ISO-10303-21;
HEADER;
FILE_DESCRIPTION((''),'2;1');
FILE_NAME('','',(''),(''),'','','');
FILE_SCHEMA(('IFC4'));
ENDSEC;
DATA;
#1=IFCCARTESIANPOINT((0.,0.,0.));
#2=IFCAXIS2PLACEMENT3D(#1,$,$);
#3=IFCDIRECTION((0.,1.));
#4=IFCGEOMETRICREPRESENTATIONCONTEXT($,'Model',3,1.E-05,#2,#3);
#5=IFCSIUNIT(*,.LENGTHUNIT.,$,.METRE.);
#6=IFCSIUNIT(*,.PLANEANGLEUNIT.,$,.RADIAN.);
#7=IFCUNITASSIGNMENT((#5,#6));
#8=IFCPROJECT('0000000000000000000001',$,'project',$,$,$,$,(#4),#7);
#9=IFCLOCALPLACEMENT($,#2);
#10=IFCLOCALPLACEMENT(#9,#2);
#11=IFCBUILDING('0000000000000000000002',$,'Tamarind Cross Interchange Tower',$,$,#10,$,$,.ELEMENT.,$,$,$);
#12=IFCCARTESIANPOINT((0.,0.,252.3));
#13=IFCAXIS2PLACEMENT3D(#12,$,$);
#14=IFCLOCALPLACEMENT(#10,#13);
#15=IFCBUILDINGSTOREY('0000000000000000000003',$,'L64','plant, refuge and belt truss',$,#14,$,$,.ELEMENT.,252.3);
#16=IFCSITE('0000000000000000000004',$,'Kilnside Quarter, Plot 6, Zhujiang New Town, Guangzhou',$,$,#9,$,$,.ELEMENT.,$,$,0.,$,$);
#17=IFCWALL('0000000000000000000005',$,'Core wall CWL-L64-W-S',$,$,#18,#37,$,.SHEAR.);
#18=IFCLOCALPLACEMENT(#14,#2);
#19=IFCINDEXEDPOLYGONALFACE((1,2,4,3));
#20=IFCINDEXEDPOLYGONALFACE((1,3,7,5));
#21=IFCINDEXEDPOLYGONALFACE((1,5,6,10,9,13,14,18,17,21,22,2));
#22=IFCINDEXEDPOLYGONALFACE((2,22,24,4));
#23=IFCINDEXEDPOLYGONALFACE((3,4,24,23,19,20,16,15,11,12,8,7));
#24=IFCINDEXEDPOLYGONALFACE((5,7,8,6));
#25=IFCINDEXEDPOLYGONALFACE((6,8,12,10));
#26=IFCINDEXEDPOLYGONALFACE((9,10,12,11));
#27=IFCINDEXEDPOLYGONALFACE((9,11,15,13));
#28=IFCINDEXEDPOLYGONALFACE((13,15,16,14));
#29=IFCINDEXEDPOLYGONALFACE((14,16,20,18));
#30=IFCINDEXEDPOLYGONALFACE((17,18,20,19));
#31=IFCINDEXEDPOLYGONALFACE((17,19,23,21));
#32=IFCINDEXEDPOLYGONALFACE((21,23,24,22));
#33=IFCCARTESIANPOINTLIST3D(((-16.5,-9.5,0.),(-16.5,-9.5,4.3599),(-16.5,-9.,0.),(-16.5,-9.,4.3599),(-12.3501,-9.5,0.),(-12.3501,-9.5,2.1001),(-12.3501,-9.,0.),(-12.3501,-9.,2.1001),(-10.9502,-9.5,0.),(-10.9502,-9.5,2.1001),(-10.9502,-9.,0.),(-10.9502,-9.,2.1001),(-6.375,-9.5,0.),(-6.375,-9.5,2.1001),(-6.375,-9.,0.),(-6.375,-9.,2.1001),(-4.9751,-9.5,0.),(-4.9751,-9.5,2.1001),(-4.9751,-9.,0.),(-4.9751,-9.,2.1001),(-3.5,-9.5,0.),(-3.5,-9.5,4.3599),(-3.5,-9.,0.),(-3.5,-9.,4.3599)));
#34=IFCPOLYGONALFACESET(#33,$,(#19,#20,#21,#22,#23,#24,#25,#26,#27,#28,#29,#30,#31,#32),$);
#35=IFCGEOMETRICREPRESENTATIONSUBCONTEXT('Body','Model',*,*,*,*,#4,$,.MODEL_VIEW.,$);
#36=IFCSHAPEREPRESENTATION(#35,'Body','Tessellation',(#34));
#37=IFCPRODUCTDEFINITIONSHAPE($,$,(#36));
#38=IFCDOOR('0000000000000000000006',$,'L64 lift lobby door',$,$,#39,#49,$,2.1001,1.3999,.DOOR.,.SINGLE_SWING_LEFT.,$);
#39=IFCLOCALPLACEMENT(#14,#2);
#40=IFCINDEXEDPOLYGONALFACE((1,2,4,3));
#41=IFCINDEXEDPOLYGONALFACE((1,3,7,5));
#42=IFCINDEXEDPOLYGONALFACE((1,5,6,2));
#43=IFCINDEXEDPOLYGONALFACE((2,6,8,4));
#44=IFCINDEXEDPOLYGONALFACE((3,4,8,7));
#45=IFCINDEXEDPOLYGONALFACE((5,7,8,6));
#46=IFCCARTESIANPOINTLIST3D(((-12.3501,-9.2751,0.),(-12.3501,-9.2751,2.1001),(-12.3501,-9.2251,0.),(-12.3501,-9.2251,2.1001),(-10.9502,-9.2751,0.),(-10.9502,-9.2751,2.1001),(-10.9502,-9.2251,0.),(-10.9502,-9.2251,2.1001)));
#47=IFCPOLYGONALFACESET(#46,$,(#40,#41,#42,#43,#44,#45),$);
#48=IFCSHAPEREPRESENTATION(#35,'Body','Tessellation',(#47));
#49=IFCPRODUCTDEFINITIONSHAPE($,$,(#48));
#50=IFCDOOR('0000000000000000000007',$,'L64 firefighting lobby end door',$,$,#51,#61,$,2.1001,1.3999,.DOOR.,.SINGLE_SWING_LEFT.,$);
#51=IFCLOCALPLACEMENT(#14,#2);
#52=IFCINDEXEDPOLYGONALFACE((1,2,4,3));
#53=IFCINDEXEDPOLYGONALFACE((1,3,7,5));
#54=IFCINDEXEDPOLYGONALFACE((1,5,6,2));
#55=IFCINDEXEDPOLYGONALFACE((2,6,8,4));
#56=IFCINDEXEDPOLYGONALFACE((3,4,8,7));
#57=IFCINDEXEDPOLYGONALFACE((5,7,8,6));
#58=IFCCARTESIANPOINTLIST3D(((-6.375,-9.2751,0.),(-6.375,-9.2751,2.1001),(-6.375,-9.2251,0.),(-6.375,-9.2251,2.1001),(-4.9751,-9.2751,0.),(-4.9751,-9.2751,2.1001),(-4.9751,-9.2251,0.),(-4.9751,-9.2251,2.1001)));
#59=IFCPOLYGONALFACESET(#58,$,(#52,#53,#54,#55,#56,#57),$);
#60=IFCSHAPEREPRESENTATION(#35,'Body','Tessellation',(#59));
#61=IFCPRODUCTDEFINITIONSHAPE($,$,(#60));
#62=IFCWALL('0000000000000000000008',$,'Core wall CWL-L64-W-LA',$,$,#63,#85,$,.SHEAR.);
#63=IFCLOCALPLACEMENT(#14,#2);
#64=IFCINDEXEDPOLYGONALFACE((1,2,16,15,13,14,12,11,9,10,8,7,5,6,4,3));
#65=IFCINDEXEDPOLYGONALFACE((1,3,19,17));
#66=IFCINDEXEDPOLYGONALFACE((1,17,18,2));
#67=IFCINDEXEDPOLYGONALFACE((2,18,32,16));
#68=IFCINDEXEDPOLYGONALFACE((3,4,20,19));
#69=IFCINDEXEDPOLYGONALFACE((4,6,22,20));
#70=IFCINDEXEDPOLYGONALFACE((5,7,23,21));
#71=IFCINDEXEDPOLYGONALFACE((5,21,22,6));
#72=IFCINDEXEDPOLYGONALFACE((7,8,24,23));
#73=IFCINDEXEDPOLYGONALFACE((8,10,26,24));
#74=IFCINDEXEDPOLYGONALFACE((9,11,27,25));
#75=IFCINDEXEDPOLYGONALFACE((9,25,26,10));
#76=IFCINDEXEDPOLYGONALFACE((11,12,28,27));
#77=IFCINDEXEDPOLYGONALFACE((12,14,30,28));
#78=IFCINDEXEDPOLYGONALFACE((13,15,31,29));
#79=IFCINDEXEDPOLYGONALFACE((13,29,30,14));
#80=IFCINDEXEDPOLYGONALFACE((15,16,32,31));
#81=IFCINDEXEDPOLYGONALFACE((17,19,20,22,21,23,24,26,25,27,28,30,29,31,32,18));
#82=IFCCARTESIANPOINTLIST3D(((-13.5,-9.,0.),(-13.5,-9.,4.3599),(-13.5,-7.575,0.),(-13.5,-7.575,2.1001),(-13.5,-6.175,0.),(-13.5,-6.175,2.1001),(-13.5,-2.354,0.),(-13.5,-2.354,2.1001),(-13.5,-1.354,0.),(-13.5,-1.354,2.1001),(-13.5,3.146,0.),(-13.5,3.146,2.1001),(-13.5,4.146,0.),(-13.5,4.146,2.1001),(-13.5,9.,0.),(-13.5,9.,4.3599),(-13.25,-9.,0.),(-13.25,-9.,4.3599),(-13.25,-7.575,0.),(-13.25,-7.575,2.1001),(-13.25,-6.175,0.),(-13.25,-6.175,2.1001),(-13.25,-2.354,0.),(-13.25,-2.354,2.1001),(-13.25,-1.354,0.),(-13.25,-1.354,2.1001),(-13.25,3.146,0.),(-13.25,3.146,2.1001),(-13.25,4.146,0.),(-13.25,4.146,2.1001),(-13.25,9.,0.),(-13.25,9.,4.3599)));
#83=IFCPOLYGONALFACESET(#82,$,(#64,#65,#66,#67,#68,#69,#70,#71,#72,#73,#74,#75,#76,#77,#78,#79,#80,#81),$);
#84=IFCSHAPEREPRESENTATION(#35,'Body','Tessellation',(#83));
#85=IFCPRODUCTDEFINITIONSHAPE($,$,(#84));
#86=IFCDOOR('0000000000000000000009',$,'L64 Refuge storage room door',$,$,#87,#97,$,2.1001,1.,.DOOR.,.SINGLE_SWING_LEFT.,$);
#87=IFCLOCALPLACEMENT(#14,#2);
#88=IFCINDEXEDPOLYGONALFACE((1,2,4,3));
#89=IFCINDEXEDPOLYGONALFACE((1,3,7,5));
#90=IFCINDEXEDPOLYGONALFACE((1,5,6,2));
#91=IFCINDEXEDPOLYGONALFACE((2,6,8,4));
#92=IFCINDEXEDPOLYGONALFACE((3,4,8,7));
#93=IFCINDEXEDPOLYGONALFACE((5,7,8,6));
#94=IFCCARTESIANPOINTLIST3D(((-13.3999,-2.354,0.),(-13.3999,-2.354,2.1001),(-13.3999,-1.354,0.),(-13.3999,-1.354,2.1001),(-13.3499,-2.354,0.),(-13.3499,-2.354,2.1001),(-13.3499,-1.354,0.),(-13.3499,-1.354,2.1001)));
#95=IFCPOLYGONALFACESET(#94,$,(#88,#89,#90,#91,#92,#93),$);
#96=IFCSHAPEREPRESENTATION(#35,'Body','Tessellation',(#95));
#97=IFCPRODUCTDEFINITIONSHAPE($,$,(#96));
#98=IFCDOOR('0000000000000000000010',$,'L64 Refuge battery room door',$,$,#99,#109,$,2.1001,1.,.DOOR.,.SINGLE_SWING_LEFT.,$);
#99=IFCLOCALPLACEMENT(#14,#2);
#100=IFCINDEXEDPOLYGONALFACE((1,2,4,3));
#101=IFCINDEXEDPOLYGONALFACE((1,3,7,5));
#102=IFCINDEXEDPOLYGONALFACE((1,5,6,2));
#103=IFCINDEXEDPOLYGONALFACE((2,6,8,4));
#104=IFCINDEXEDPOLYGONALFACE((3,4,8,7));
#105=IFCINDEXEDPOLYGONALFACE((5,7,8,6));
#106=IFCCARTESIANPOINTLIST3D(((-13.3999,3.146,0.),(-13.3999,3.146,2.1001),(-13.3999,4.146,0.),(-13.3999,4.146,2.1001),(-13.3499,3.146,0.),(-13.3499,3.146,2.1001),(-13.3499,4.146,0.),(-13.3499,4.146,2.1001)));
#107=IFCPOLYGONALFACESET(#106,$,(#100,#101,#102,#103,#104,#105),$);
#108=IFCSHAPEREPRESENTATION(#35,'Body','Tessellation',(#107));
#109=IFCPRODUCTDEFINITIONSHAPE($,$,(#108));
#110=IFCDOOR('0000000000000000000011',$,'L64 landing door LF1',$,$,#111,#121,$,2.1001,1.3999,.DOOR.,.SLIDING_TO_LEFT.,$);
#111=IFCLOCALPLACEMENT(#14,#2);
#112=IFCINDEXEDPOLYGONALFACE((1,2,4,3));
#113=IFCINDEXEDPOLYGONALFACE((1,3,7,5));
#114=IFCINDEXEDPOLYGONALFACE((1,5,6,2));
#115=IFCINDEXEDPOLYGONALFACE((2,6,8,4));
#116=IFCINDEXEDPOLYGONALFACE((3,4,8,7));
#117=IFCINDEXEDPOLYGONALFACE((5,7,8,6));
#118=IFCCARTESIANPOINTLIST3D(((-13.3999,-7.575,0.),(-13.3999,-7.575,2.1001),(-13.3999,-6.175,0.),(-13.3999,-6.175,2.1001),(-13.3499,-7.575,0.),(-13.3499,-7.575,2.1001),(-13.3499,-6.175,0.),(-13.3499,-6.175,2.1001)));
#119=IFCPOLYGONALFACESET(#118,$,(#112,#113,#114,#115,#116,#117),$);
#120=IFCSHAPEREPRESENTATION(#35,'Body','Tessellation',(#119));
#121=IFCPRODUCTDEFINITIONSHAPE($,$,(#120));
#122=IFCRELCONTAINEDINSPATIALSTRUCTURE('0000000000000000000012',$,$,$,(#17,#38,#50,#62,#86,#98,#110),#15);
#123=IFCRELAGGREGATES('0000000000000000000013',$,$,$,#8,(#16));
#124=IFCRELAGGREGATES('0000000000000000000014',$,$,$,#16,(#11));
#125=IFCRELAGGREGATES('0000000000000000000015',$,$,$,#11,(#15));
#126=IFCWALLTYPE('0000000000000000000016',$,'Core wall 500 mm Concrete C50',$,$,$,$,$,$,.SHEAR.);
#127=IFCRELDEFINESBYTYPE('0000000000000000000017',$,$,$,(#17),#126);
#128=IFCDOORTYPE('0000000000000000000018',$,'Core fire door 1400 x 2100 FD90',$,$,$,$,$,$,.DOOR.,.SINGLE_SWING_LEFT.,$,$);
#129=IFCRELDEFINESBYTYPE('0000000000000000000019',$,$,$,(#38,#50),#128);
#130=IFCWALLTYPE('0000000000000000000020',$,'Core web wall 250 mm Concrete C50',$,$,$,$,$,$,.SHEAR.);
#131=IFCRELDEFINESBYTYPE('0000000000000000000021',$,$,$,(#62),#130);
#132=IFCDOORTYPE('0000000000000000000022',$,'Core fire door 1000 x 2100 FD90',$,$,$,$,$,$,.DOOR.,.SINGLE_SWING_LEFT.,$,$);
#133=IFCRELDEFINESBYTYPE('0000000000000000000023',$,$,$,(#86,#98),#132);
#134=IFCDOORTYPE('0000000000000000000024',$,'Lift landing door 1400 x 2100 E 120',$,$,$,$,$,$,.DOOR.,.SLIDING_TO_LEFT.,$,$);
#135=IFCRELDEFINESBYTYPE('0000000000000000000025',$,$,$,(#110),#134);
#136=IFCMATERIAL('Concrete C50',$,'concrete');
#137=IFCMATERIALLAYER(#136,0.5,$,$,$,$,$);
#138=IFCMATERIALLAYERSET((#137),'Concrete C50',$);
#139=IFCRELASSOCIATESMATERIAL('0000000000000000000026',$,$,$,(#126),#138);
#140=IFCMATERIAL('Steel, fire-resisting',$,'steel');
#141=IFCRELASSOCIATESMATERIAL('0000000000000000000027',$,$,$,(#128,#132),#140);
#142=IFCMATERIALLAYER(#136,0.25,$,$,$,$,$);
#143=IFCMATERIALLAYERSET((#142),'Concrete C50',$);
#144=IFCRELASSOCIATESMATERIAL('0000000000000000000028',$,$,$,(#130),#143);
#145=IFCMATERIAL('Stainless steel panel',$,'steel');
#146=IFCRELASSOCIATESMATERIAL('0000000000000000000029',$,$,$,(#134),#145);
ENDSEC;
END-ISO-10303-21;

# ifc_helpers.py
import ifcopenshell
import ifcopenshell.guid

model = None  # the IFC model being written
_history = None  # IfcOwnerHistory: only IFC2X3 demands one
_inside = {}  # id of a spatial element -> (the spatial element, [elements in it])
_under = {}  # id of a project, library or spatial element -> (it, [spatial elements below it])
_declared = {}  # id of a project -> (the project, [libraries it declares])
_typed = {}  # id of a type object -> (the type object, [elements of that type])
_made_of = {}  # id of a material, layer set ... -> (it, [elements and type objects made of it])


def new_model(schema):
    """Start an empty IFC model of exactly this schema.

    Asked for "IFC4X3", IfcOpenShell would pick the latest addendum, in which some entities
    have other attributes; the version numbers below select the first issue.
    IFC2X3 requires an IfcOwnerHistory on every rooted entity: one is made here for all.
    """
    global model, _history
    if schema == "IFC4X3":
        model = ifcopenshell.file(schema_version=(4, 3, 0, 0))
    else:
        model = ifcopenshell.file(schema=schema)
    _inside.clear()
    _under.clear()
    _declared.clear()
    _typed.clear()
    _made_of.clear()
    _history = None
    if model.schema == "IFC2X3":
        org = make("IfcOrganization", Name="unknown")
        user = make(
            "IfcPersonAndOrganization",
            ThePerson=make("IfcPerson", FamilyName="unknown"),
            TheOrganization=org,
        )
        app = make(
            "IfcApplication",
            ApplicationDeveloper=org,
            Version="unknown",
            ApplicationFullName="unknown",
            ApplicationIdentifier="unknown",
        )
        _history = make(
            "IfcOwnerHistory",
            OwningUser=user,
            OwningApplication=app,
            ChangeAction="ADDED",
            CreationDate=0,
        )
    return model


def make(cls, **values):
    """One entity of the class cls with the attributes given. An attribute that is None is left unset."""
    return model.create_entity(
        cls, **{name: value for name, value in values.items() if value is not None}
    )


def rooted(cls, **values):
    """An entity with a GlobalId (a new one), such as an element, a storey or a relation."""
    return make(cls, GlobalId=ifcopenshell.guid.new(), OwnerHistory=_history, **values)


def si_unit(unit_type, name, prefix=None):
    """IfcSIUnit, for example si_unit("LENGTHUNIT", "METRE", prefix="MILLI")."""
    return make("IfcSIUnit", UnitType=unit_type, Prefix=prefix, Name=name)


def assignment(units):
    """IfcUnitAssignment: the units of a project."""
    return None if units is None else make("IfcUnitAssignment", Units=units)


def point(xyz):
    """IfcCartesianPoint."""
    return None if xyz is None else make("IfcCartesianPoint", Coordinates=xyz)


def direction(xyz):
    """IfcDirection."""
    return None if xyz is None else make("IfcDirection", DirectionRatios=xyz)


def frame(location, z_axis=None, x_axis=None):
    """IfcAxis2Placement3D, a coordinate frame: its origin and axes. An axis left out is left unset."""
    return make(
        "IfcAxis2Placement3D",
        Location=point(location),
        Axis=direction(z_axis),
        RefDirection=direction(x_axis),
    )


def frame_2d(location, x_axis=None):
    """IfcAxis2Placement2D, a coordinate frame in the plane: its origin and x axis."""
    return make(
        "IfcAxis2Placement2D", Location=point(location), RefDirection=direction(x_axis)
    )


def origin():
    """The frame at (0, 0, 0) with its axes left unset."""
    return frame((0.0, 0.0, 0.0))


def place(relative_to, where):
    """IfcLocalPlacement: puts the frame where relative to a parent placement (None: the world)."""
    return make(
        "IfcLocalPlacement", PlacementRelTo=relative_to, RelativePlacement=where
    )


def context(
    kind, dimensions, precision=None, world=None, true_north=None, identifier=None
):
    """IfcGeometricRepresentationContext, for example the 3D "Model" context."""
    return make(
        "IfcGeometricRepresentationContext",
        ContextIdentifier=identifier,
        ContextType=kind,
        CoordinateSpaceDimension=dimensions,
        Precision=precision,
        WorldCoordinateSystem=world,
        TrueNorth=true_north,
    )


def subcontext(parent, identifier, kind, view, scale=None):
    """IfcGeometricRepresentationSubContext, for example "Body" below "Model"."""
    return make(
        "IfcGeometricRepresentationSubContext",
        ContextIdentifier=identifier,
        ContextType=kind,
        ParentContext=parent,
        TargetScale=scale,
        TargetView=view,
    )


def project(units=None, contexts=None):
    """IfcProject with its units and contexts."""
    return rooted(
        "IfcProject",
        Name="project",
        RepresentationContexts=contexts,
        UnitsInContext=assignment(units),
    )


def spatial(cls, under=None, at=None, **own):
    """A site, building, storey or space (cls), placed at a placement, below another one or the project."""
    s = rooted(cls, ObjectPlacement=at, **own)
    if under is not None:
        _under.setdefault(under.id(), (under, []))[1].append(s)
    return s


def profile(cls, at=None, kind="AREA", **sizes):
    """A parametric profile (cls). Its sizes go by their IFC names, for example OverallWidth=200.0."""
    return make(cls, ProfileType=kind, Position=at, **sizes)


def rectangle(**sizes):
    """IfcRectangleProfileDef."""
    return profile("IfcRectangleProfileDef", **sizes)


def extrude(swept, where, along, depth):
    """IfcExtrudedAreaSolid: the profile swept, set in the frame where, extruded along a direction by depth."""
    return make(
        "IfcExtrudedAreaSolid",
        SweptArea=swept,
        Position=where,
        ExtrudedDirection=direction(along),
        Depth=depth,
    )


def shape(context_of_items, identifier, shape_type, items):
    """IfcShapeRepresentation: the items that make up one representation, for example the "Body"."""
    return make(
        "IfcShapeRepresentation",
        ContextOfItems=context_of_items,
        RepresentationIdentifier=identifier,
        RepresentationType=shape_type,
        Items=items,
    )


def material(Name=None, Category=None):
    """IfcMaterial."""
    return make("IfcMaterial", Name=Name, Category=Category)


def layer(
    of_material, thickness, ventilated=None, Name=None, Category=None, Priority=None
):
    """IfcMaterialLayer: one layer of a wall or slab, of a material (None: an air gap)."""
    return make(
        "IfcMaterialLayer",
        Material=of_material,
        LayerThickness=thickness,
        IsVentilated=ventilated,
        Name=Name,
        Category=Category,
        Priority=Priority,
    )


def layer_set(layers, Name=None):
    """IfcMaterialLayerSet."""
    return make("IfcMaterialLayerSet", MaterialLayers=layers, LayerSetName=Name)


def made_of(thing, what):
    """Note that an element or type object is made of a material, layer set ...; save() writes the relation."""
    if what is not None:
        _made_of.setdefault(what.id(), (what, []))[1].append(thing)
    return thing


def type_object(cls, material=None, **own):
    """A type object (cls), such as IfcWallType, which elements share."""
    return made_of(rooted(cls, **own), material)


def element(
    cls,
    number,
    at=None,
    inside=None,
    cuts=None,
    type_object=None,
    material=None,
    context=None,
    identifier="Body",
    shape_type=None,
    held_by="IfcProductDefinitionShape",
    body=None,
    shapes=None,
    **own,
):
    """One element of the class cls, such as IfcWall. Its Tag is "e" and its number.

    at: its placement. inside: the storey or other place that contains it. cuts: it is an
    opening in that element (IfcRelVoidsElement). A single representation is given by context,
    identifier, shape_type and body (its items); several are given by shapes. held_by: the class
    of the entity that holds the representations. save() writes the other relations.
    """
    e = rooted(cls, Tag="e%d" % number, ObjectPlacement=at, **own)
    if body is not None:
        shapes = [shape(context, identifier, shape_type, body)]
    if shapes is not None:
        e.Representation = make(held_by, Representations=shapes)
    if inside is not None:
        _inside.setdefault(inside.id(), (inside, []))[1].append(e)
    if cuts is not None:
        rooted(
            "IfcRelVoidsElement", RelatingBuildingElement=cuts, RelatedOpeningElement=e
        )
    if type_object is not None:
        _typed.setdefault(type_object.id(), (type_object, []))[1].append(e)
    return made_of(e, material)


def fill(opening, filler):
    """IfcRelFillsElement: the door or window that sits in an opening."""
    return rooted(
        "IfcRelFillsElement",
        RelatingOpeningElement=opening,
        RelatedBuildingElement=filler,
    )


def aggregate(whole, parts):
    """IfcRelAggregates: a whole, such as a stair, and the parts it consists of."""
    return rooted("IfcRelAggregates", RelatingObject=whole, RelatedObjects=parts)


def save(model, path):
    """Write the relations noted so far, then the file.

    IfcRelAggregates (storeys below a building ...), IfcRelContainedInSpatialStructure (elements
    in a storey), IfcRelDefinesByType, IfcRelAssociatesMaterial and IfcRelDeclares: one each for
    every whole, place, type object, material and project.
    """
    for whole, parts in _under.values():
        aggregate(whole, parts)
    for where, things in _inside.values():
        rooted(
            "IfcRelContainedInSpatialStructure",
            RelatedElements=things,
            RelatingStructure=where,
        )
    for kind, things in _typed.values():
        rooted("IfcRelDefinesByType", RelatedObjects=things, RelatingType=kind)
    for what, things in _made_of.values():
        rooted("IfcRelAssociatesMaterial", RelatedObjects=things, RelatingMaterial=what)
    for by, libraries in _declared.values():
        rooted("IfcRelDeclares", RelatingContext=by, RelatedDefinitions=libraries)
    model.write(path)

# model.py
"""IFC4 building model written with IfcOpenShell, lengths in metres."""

from ifc_helpers import new_model, si_unit, direction, frame, frame_2d, origin, place, context, subcontext, project, spatial, rectangle, extrude, material, layer, layer_set, type_object, element, fill, save


model = new_model("IFC4")

# Units and contexts
model_context = context("Model", 3, precision=1e-05, world=origin(), true_north=direction((0.0, 1.0)))
body_context = subcontext(model_context, "Body", "Model", "MODEL_VIEW")
ifc_project = project(units=[si_unit("LENGTHUNIT", "METRE"), si_unit("PLANEANGLEUNIT", "RADIAN")], contexts=[model_context])

# Site, building, storey
site_placement = place(None, origin())
site = spatial("IfcSite", under=ifc_project, at=site_placement, Name="Kilnside Quarter, Plot 6, Zhujiang New Town, Guangzhou", CompositionType="ELEMENT", RefElevation=0.0)
building_placement = place(site_placement, origin())
building = spatial("IfcBuilding", under=site, at=building_placement, Name="Tamarind Cross Interchange Tower", CompositionType="ELEMENT")
storey_placement = place(building_placement, frame((0.0, 0.0, 252.3)))
storey = spatial("IfcBuildingStorey", under=building, at=storey_placement, Name="L64", Description="plant, refuge and belt truss", CompositionType="ELEMENT", Elevation=252.3)

# Walls, openings, doors
ifc_material_1 = material(Name="Concrete C50", Category="concrete")
ifc_layer_1 = layer(ifc_material_1, 0.5)
ifc_layer_set_1 = layer_set([ifc_layer_1], Name="Concrete C50")
wall_type_1 = type_object("IfcWallType", Name="Core wall 500 mm Concrete C50", PredefinedType="SHEAR", material=ifc_layer_set_1)
wall_1_placement = place(storey_placement, frame((-16.5, -9.25, 0.0), z_axis=(0.0, 0.0, 1.0), x_axis=(1.0, 0.0, 0.0)))
wall_1 = element("IfcWall", 1, at=wall_1_placement, inside=storey, type_object=wall_type_1, Name="Core wall CWL-L64-W-S", PredefinedType="SHEAR", context=body_context, shape_type="SweptSolid", body=[
    extrude(rectangle(XDim=13.0, YDim=0.5, at=frame_2d((6.5, 0.0))), origin(), (0.0, 0.0, 1.0), 4.3599),
])
opening_1_placement = place(wall_1_placement, frame((4.1499, 0.0, 0.0)))
opening_1 = element("IfcOpeningElement", 2, at=opening_1_placement, cuts=wall_1, PredefinedType="OPENING", context=body_context, shape_type="SweptSolid", body=[
    extrude(rectangle(XDim=1.3999, YDim=2.1001, at=frame_2d((0.7, 1.05))), frame((0.0, 0.26, 0.0), z_axis=(0.0, -1.0, 0.0), x_axis=(1.0, 0.0, 0.0)), (0.0, 0.0, 1.0), 0.52),
])
opening_2_placement = place(wall_1_placement, frame((10.125, 0.0, 0.0)))
opening_2 = element("IfcOpeningElement", 3, at=opening_2_placement, cuts=wall_1, PredefinedType="OPENING", context=body_context, shape_type="SweptSolid", body=[
    extrude(rectangle(XDim=1.3999, YDim=2.1001, at=frame_2d((0.7, 1.05))), frame((0.0, 0.26, 0.0), z_axis=(0.0, -1.0, 0.0), x_axis=(1.0, 0.0, 0.0)), (0.0, 0.0, 1.0), 0.52),
])
ifc_material_2 = material(Name="Steel, fire-resisting", Category="steel")
door_type_1 = type_object("IfcDoorType", Name="Core fire door 1400 x 2100 FD90", OperationType="SINGLE_SWING_LEFT", PredefinedType="DOOR", material=ifc_material_2)
door_1_placement = place(opening_1_placement, origin())
door_1 = element("IfcDoor", 4, at=door_1_placement, inside=storey, type_object=door_type_1, Name="L64 lift lobby door", OperationType="SINGLE_SWING_LEFT", OverallHeight=2.1001, OverallWidth=1.3999, PredefinedType="DOOR", context=body_context, shape_type="SweptSolid", body=[
    extrude(rectangle(XDim=1.3999, YDim=2.1001, at=frame_2d((0.7, 1.05))), frame((0.0, 0.0249, 0.0), z_axis=(0.0, -1.0, 0.0), x_axis=(1.0, 0.0, 0.0)), (0.0, 0.0, 1.0), 0.05),
])
fill(opening_1, door_1)
door_2_placement = place(opening_2_placement, origin())
door_2 = element("IfcDoor", 5, at=door_2_placement, inside=storey, type_object=door_type_1, Name="L64 firefighting lobby end door", OperationType="SINGLE_SWING_LEFT", OverallHeight=2.1001, OverallWidth=1.3999, PredefinedType="DOOR", context=body_context, shape_type="SweptSolid", body=[
    extrude(rectangle(XDim=1.3999, YDim=2.1001, at=frame_2d((0.7, 1.05))), frame((0.0, 0.0249, 0.0), z_axis=(0.0, -1.0, 0.0), x_axis=(1.0, 0.0, 0.0)), (0.0, 0.0, 1.0), 0.05),
])
fill(opening_2, door_2)
ifc_layer_2 = layer(ifc_material_1, 0.25)
ifc_layer_set_2 = layer_set([ifc_layer_2], Name="Concrete C50")
wall_type_2 = type_object("IfcWallType", Name="Core web wall 250 mm Concrete C50", PredefinedType="SHEAR", material=ifc_layer_set_2)
wall_2_placement = place(storey_placement, frame((-13.375, -9.0, 0.0), z_axis=(0.0, 0.0, 1.0), x_axis=(0.0, 1.0, 0.0)))
wall_2 = element("IfcWall", 6, at=wall_2_placement, inside=storey, type_object=wall_type_2, Name="Core wall CWL-L64-W-LA", PredefinedType="SHEAR", context=body_context, shape_type="SweptSolid", body=[
    extrude(rectangle(XDim=18.0, YDim=0.25, at=frame_2d((9.0, 0.0))), origin(), (0.0, 0.0, 1.0), 4.3599),
])
opening_3_placement = place(wall_2_placement, frame((1.425, 0.0, 0.0)))
opening_3 = element("IfcOpeningElement", 7, at=opening_3_placement, cuts=wall_2, PredefinedType="OPENING", context=body_context, shape_type="SweptSolid", body=[
    extrude(rectangle(XDim=1.3999, YDim=2.1001, at=frame_2d((0.7, 1.05))), frame((0.0, 0.135, 0.0), z_axis=(0.0, -1.0, 0.0), x_axis=(1.0, 0.0, 0.0)), (0.0, 0.0, 1.0), 0.27),
])
opening_4_placement = place(wall_2_placement, frame((6.646, 0.0, 0.0)))
opening_4 = element("IfcOpeningElement", 8, at=opening_4_placement, cuts=wall_2, PredefinedType="OPENING", context=body_context, shape_type="SweptSolid", body=[
    extrude(rectangle(XDim=1.0, YDim=2.1001, at=frame_2d((0.5, 1.05))), frame((0.0, 0.135, 0.0), z_axis=(0.0, -1.0, 0.0), x_axis=(1.0, 0.0, 0.0)), (0.0, 0.0, 1.0), 0.27),
])
opening_5_placement = place(wall_2_placement, frame((12.146, 0.0, 0.0)))
opening_5 = element("IfcOpeningElement", 9, at=opening_5_placement, cuts=wall_2, PredefinedType="OPENING", context=body_context, shape_type="SweptSolid", body=[
    extrude(rectangle(XDim=1.0, YDim=2.1001, at=frame_2d((0.5, 1.05))), frame((0.0, 0.135, 0.0), z_axis=(0.0, -1.0, 0.0), x_axis=(1.0, 0.0, 0.0)), (0.0, 0.0, 1.0), 0.27),
])
door_type_2 = type_object("IfcDoorType", Name="Core fire door 1000 x 2100 FD90", OperationType="SINGLE_SWING_LEFT", PredefinedType="DOOR", material=ifc_material_2)
door_3_placement = place(opening_4_placement, origin())
door_3 = element("IfcDoor", 10, at=door_3_placement, inside=storey, type_object=door_type_2, Name="L64 Refuge storage room door", OperationType="SINGLE_SWING_LEFT", OverallHeight=2.1001, OverallWidth=1.0, PredefinedType="DOOR", context=body_context, shape_type="SweptSolid", body=[
    extrude(rectangle(XDim=1.0, YDim=2.1001, at=frame_2d((0.5, 1.05))), frame((0.0, 0.0249, 0.0), z_axis=(0.0, -1.0, 0.0), x_axis=(1.0, 0.0, 0.0)), (0.0, 0.0, 1.0), 0.05),
])
fill(opening_4, door_3)
door_4_placement = place(opening_5_placement, origin())
door_4 = element("IfcDoor", 11, at=door_4_placement, inside=storey, type_object=door_type_2, Name="L64 Refuge battery room door", OperationType="SINGLE_SWING_LEFT", OverallHeight=2.1001, OverallWidth=1.0, PredefinedType="DOOR", context=body_context, shape_type="SweptSolid", body=[
    extrude(rectangle(XDim=1.0, YDim=2.1001, at=frame_2d((0.5, 1.05))), frame((0.0, 0.0249, 0.0), z_axis=(0.0, -1.0, 0.0), x_axis=(1.0, 0.0, 0.0)), (0.0, 0.0, 1.0), 0.05),
])
fill(opening_5, door_4)
ifc_material_3 = material(Name="Stainless steel panel", Category="steel")
door_type_3 = type_object("IfcDoorType", Name="Lift landing door 1400 x 2100 E 120", OperationType="SLIDING_TO_LEFT", PredefinedType="DOOR", material=ifc_material_3)
door_5_placement = place(opening_3_placement, origin())
door_5 = element("IfcDoor", 12, at=door_5_placement, inside=storey, type_object=door_type_3, Name="L64 landing door LF1", OperationType="SLIDING_TO_LEFT", OverallHeight=2.1001, OverallWidth=1.3999, PredefinedType="DOOR", context=body_context, shape_type="SweptSolid", body=[
    extrude(rectangle(XDim=1.3999, YDim=2.1001, at=frame_2d((0.7, 1.05))), frame((0.0, 0.0249, 0.0), z_axis=(0.0, -1.0, 0.0), x_axis=(1.0, 0.0, 0.0)), (0.0, 0.0, 1.0), 0.05),
])
fill(opening_3, door_5)

save(model, "model.ifc")
